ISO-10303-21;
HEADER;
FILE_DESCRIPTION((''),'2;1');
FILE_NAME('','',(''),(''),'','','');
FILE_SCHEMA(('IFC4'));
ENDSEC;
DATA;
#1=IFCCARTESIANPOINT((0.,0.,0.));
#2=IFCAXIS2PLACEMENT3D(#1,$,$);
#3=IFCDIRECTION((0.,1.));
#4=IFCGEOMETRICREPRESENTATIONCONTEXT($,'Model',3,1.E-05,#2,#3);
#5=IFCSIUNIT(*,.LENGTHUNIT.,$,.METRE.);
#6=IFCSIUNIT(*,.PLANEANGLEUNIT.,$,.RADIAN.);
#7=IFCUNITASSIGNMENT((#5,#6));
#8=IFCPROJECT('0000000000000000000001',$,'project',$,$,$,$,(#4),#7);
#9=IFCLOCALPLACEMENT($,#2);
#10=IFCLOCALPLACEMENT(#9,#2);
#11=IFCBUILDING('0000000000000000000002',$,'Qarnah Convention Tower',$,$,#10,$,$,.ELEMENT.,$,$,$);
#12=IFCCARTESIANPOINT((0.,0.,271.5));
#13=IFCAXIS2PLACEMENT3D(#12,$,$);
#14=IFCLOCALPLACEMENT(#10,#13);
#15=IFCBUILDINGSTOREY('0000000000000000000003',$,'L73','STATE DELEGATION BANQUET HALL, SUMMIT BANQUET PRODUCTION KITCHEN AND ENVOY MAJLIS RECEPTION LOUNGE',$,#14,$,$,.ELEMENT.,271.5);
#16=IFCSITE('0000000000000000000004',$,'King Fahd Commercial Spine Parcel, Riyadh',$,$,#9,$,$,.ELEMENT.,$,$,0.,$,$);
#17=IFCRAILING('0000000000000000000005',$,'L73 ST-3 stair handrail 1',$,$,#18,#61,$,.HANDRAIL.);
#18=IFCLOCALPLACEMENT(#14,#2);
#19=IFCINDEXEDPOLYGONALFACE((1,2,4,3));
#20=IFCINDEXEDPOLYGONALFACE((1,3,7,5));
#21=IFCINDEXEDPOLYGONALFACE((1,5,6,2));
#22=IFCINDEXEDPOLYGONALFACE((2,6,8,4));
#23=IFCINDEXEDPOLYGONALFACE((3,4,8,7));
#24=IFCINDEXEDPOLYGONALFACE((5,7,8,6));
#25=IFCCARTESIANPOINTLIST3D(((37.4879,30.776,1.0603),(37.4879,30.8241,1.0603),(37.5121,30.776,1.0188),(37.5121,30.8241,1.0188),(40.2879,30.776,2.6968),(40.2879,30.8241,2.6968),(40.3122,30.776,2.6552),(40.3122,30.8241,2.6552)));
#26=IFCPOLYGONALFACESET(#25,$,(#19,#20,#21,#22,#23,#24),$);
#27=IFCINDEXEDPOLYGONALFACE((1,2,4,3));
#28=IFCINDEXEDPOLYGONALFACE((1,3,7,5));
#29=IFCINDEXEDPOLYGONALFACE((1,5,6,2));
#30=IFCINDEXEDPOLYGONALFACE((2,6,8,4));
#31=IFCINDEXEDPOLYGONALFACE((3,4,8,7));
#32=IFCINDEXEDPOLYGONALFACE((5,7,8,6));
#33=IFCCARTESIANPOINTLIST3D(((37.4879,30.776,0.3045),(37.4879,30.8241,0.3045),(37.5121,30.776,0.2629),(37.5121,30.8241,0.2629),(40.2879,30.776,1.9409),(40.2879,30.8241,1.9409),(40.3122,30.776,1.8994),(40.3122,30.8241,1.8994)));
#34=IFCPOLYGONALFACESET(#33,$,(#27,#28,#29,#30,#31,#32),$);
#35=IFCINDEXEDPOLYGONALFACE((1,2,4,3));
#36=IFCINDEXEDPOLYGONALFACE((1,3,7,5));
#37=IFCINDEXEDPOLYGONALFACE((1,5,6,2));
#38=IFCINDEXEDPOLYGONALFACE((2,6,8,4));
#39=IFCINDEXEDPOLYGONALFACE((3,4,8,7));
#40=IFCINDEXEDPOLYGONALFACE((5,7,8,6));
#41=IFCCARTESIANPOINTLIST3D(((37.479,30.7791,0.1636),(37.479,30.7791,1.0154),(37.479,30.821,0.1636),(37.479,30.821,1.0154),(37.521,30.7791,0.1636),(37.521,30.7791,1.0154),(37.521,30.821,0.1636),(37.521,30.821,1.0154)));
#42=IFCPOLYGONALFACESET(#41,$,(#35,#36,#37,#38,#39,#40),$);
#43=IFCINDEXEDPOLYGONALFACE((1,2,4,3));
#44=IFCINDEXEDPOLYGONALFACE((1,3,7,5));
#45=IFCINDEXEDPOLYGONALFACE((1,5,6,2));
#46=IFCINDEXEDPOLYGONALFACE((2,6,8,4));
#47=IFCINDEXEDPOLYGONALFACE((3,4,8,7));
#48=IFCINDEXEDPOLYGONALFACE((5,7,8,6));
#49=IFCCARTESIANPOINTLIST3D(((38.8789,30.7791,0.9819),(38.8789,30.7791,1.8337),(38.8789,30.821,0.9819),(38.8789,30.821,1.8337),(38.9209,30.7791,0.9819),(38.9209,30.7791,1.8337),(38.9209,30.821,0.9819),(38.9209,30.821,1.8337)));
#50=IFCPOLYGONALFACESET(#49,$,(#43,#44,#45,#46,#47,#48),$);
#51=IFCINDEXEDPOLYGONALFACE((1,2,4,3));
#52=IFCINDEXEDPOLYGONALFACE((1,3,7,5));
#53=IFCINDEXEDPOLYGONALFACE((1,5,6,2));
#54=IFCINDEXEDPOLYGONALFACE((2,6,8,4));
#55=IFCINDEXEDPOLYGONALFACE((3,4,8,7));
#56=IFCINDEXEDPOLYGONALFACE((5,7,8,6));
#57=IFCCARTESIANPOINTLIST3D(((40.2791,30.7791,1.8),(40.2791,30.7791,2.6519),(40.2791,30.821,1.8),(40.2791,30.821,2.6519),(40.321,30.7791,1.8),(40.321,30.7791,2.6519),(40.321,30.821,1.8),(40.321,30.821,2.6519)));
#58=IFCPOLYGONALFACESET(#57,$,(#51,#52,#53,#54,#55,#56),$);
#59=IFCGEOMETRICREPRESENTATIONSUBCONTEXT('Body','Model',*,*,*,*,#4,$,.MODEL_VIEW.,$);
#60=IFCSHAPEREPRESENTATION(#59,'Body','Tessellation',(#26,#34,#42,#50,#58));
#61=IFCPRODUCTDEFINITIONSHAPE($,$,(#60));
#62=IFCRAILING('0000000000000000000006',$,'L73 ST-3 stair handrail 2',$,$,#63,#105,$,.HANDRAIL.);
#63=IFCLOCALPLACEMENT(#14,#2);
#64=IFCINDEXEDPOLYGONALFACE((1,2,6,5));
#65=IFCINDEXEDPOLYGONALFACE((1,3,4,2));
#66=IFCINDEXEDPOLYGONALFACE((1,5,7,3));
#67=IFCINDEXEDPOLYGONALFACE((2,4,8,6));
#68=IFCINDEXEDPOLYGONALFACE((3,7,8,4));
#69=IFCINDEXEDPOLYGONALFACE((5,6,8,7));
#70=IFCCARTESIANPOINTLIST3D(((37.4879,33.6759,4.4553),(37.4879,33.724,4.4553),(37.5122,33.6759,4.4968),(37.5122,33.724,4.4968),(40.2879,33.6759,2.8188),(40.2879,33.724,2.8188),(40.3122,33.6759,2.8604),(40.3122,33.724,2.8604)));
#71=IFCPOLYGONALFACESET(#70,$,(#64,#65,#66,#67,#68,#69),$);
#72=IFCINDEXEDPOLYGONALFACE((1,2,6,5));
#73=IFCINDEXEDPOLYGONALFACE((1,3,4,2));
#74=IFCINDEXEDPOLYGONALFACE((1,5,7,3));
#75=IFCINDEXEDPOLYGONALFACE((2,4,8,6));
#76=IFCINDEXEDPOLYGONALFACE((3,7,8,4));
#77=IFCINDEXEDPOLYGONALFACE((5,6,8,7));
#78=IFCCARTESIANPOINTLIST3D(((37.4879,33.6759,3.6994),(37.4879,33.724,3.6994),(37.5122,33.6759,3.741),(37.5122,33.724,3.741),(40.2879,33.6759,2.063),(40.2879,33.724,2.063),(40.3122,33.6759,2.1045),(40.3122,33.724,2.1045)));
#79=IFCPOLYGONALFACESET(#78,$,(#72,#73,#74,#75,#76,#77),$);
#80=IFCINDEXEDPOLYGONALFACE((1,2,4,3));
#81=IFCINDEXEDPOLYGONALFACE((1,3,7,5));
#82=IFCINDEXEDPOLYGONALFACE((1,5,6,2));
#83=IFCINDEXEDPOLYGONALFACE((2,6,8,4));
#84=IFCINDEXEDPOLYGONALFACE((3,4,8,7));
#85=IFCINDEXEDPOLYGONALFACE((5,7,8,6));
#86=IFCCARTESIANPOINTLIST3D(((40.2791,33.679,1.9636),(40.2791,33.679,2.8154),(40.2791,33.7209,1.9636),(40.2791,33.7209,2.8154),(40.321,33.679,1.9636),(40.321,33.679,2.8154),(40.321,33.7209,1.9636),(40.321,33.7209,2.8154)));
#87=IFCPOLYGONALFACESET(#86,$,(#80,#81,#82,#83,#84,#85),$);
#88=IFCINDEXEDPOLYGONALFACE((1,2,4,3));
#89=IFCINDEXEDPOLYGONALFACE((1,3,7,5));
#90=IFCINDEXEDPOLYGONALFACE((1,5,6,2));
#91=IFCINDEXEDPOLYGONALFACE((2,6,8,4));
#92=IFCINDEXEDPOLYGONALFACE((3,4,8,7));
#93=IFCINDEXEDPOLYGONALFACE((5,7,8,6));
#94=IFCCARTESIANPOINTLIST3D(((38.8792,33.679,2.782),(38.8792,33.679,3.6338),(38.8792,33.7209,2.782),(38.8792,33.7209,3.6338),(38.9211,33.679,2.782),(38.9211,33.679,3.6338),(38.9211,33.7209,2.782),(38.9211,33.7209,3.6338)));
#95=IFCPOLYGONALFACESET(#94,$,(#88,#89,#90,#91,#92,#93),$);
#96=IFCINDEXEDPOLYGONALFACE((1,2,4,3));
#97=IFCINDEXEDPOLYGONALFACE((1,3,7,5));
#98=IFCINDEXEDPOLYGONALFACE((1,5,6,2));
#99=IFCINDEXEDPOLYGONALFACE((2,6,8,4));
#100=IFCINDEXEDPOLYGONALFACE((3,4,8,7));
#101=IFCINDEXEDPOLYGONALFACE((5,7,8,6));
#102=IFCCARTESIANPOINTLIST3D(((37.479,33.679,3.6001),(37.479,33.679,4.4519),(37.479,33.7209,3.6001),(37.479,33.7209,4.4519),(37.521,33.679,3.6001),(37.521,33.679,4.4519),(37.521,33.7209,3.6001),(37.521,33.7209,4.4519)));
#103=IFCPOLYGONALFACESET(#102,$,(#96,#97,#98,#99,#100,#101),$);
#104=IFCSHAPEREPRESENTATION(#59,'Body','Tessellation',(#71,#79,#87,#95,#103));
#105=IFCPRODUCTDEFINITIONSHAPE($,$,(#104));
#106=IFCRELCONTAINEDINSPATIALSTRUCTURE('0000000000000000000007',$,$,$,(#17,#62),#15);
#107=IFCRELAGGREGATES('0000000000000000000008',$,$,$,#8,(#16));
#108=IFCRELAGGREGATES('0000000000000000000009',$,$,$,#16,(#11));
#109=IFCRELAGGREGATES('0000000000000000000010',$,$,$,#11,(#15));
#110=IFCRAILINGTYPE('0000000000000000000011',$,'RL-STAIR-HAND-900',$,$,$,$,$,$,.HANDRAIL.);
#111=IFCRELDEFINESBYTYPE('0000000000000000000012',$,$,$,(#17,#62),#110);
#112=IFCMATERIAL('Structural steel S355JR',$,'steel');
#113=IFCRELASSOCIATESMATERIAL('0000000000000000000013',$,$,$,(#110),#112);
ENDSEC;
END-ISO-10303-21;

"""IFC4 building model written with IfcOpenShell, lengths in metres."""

from ifc_helpers import new_model, si_unit, direction, frame, origin, origin_2d, place, context, subcontext, project, spatial, rectangle, extrude, material, type_object, element, save


model = new_model("IFC4")

# Units and contexts
model_context = context("Model", 3, precision=1e-05, world=origin(), true_north=direction((0.0, 1.0)))
body_context = subcontext(model_context, "Body", "Model", "MODEL_VIEW")
ifc_project = project(units=[si_unit("LENGTHUNIT", "METRE"), si_unit("PLANEANGLEUNIT", "RADIAN")], contexts=[model_context])

# Site, building, storey
site_placement = place(None, origin())
site = spatial("IfcSite", under=ifc_project, at=site_placement, Name="King Fahd Commercial Spine Parcel, Riyadh", CompositionType="ELEMENT", RefElevation=0.0)
building_placement = place(site_placement, origin())
building = spatial("IfcBuilding", under=site, at=building_placement, Name="Qarnah Convention Tower", CompositionType="ELEMENT")
storey_placement = place(building_placement, frame((0.0, 0.0, 271.5)))
storey = spatial("IfcBuildingStorey", under=building, at=storey_placement, Name="L73", Description="STATE DELEGATION BANQUET HALL, SUMMIT BANQUET PRODUCTION KITCHEN AND ENVOY MAJLIS RECEPTION LOUNGE", CompositionType="ELEMENT", Elevation=271.5)

# Shared definitions
ifc_material_1 = material(Name="Structural steel S355JR", Category="steel")

# Railings
railing_type_1 = type_object("IfcRailingType", Name="RL-STAIR-HAND-900", PredefinedType="HANDRAIL", material=ifc_material_1)
railing_1_placement = place(storey_placement, frame((37.5, 30.8, 0.1636)))
element("IfcRailing", 1, at=railing_1_placement, inside=storey, type_object=railing_type_1, Name="L73 ST-3 stair handrail 1", PredefinedType="HANDRAIL", context=body_context, shape_type="SweptSolid", body=[
    extrude(rectangle(XDim=0.0481, YDim=0.0481, at=origin_2d()), frame((0.0, 0.0, 0.876), z_axis=(0.863361, 0.0, 0.504587), x_axis=(0.0, 1.0, 0.0)), (0.0, 0.0, 1.0), 3.2432),
    extrude(rectangle(XDim=0.0481, YDim=0.0481, at=origin_2d()), frame((0.0, 0.0, 0.1201), z_axis=(0.863361, 0.0, 0.504587), x_axis=(0.0, 1.0, 0.0)), (0.0, 0.0, 1.0), 3.2432),
    extrude(rectangle(XDim=0.042, YDim=0.042, at=origin_2d()), origin(), (0.0, 0.0, 1.0), 0.8518),
    extrude(rectangle(XDim=0.042, YDim=0.042, at=origin_2d()), frame((1.3999, 0.0, 0.8184)), (0.0, 0.0, 1.0), 0.8518),
    extrude(rectangle(XDim=0.042, YDim=0.042, at=origin_2d()), frame((2.8, 0.0, 1.6365)), (0.0, 0.0, 1.0), 0.8518),
])
railing_2_placement = place(storey_placement, frame((40.3, 33.7, 1.9636)))
element("IfcRailing", 2, at=railing_2_placement, inside=storey, type_object=railing_type_1, Name="L73 ST-3 stair handrail 2", PredefinedType="HANDRAIL", context=body_context, shape_type="SweptSolid", body=[
    extrude(rectangle(XDim=0.0481, YDim=0.0481, at=origin_2d()), frame((0.0, 0.0, 0.876), z_axis=(-0.863361, 0.0, 0.504587), x_axis=(0.0, -1.0, 0.0)), (0.0, 0.0, 1.0), 3.2432),
    extrude(rectangle(XDim=0.0481, YDim=0.0481, at=origin_2d()), frame((0.0, 0.0, 0.1201), z_axis=(-0.863361, 0.0, 0.504587), x_axis=(0.0, -1.0, 0.0)), (0.0, 0.0, 1.0), 3.2432),
    extrude(rectangle(XDim=0.042, YDim=0.042, at=origin_2d()), origin(), (0.0, 0.0, 1.0), 0.8518),
    extrude(rectangle(XDim=0.042, YDim=0.042, at=origin_2d()), frame((-1.3999, 0.0, 0.8184)), (0.0, 0.0, 1.0), 0.8518),
    extrude(rectangle(XDim=0.042, YDim=0.042, at=origin_2d()), frame((-2.8, 0.0, 1.6365)), (0.0, 0.0, 1.0), 0.8518),
])

save(model, "model.ifc")
